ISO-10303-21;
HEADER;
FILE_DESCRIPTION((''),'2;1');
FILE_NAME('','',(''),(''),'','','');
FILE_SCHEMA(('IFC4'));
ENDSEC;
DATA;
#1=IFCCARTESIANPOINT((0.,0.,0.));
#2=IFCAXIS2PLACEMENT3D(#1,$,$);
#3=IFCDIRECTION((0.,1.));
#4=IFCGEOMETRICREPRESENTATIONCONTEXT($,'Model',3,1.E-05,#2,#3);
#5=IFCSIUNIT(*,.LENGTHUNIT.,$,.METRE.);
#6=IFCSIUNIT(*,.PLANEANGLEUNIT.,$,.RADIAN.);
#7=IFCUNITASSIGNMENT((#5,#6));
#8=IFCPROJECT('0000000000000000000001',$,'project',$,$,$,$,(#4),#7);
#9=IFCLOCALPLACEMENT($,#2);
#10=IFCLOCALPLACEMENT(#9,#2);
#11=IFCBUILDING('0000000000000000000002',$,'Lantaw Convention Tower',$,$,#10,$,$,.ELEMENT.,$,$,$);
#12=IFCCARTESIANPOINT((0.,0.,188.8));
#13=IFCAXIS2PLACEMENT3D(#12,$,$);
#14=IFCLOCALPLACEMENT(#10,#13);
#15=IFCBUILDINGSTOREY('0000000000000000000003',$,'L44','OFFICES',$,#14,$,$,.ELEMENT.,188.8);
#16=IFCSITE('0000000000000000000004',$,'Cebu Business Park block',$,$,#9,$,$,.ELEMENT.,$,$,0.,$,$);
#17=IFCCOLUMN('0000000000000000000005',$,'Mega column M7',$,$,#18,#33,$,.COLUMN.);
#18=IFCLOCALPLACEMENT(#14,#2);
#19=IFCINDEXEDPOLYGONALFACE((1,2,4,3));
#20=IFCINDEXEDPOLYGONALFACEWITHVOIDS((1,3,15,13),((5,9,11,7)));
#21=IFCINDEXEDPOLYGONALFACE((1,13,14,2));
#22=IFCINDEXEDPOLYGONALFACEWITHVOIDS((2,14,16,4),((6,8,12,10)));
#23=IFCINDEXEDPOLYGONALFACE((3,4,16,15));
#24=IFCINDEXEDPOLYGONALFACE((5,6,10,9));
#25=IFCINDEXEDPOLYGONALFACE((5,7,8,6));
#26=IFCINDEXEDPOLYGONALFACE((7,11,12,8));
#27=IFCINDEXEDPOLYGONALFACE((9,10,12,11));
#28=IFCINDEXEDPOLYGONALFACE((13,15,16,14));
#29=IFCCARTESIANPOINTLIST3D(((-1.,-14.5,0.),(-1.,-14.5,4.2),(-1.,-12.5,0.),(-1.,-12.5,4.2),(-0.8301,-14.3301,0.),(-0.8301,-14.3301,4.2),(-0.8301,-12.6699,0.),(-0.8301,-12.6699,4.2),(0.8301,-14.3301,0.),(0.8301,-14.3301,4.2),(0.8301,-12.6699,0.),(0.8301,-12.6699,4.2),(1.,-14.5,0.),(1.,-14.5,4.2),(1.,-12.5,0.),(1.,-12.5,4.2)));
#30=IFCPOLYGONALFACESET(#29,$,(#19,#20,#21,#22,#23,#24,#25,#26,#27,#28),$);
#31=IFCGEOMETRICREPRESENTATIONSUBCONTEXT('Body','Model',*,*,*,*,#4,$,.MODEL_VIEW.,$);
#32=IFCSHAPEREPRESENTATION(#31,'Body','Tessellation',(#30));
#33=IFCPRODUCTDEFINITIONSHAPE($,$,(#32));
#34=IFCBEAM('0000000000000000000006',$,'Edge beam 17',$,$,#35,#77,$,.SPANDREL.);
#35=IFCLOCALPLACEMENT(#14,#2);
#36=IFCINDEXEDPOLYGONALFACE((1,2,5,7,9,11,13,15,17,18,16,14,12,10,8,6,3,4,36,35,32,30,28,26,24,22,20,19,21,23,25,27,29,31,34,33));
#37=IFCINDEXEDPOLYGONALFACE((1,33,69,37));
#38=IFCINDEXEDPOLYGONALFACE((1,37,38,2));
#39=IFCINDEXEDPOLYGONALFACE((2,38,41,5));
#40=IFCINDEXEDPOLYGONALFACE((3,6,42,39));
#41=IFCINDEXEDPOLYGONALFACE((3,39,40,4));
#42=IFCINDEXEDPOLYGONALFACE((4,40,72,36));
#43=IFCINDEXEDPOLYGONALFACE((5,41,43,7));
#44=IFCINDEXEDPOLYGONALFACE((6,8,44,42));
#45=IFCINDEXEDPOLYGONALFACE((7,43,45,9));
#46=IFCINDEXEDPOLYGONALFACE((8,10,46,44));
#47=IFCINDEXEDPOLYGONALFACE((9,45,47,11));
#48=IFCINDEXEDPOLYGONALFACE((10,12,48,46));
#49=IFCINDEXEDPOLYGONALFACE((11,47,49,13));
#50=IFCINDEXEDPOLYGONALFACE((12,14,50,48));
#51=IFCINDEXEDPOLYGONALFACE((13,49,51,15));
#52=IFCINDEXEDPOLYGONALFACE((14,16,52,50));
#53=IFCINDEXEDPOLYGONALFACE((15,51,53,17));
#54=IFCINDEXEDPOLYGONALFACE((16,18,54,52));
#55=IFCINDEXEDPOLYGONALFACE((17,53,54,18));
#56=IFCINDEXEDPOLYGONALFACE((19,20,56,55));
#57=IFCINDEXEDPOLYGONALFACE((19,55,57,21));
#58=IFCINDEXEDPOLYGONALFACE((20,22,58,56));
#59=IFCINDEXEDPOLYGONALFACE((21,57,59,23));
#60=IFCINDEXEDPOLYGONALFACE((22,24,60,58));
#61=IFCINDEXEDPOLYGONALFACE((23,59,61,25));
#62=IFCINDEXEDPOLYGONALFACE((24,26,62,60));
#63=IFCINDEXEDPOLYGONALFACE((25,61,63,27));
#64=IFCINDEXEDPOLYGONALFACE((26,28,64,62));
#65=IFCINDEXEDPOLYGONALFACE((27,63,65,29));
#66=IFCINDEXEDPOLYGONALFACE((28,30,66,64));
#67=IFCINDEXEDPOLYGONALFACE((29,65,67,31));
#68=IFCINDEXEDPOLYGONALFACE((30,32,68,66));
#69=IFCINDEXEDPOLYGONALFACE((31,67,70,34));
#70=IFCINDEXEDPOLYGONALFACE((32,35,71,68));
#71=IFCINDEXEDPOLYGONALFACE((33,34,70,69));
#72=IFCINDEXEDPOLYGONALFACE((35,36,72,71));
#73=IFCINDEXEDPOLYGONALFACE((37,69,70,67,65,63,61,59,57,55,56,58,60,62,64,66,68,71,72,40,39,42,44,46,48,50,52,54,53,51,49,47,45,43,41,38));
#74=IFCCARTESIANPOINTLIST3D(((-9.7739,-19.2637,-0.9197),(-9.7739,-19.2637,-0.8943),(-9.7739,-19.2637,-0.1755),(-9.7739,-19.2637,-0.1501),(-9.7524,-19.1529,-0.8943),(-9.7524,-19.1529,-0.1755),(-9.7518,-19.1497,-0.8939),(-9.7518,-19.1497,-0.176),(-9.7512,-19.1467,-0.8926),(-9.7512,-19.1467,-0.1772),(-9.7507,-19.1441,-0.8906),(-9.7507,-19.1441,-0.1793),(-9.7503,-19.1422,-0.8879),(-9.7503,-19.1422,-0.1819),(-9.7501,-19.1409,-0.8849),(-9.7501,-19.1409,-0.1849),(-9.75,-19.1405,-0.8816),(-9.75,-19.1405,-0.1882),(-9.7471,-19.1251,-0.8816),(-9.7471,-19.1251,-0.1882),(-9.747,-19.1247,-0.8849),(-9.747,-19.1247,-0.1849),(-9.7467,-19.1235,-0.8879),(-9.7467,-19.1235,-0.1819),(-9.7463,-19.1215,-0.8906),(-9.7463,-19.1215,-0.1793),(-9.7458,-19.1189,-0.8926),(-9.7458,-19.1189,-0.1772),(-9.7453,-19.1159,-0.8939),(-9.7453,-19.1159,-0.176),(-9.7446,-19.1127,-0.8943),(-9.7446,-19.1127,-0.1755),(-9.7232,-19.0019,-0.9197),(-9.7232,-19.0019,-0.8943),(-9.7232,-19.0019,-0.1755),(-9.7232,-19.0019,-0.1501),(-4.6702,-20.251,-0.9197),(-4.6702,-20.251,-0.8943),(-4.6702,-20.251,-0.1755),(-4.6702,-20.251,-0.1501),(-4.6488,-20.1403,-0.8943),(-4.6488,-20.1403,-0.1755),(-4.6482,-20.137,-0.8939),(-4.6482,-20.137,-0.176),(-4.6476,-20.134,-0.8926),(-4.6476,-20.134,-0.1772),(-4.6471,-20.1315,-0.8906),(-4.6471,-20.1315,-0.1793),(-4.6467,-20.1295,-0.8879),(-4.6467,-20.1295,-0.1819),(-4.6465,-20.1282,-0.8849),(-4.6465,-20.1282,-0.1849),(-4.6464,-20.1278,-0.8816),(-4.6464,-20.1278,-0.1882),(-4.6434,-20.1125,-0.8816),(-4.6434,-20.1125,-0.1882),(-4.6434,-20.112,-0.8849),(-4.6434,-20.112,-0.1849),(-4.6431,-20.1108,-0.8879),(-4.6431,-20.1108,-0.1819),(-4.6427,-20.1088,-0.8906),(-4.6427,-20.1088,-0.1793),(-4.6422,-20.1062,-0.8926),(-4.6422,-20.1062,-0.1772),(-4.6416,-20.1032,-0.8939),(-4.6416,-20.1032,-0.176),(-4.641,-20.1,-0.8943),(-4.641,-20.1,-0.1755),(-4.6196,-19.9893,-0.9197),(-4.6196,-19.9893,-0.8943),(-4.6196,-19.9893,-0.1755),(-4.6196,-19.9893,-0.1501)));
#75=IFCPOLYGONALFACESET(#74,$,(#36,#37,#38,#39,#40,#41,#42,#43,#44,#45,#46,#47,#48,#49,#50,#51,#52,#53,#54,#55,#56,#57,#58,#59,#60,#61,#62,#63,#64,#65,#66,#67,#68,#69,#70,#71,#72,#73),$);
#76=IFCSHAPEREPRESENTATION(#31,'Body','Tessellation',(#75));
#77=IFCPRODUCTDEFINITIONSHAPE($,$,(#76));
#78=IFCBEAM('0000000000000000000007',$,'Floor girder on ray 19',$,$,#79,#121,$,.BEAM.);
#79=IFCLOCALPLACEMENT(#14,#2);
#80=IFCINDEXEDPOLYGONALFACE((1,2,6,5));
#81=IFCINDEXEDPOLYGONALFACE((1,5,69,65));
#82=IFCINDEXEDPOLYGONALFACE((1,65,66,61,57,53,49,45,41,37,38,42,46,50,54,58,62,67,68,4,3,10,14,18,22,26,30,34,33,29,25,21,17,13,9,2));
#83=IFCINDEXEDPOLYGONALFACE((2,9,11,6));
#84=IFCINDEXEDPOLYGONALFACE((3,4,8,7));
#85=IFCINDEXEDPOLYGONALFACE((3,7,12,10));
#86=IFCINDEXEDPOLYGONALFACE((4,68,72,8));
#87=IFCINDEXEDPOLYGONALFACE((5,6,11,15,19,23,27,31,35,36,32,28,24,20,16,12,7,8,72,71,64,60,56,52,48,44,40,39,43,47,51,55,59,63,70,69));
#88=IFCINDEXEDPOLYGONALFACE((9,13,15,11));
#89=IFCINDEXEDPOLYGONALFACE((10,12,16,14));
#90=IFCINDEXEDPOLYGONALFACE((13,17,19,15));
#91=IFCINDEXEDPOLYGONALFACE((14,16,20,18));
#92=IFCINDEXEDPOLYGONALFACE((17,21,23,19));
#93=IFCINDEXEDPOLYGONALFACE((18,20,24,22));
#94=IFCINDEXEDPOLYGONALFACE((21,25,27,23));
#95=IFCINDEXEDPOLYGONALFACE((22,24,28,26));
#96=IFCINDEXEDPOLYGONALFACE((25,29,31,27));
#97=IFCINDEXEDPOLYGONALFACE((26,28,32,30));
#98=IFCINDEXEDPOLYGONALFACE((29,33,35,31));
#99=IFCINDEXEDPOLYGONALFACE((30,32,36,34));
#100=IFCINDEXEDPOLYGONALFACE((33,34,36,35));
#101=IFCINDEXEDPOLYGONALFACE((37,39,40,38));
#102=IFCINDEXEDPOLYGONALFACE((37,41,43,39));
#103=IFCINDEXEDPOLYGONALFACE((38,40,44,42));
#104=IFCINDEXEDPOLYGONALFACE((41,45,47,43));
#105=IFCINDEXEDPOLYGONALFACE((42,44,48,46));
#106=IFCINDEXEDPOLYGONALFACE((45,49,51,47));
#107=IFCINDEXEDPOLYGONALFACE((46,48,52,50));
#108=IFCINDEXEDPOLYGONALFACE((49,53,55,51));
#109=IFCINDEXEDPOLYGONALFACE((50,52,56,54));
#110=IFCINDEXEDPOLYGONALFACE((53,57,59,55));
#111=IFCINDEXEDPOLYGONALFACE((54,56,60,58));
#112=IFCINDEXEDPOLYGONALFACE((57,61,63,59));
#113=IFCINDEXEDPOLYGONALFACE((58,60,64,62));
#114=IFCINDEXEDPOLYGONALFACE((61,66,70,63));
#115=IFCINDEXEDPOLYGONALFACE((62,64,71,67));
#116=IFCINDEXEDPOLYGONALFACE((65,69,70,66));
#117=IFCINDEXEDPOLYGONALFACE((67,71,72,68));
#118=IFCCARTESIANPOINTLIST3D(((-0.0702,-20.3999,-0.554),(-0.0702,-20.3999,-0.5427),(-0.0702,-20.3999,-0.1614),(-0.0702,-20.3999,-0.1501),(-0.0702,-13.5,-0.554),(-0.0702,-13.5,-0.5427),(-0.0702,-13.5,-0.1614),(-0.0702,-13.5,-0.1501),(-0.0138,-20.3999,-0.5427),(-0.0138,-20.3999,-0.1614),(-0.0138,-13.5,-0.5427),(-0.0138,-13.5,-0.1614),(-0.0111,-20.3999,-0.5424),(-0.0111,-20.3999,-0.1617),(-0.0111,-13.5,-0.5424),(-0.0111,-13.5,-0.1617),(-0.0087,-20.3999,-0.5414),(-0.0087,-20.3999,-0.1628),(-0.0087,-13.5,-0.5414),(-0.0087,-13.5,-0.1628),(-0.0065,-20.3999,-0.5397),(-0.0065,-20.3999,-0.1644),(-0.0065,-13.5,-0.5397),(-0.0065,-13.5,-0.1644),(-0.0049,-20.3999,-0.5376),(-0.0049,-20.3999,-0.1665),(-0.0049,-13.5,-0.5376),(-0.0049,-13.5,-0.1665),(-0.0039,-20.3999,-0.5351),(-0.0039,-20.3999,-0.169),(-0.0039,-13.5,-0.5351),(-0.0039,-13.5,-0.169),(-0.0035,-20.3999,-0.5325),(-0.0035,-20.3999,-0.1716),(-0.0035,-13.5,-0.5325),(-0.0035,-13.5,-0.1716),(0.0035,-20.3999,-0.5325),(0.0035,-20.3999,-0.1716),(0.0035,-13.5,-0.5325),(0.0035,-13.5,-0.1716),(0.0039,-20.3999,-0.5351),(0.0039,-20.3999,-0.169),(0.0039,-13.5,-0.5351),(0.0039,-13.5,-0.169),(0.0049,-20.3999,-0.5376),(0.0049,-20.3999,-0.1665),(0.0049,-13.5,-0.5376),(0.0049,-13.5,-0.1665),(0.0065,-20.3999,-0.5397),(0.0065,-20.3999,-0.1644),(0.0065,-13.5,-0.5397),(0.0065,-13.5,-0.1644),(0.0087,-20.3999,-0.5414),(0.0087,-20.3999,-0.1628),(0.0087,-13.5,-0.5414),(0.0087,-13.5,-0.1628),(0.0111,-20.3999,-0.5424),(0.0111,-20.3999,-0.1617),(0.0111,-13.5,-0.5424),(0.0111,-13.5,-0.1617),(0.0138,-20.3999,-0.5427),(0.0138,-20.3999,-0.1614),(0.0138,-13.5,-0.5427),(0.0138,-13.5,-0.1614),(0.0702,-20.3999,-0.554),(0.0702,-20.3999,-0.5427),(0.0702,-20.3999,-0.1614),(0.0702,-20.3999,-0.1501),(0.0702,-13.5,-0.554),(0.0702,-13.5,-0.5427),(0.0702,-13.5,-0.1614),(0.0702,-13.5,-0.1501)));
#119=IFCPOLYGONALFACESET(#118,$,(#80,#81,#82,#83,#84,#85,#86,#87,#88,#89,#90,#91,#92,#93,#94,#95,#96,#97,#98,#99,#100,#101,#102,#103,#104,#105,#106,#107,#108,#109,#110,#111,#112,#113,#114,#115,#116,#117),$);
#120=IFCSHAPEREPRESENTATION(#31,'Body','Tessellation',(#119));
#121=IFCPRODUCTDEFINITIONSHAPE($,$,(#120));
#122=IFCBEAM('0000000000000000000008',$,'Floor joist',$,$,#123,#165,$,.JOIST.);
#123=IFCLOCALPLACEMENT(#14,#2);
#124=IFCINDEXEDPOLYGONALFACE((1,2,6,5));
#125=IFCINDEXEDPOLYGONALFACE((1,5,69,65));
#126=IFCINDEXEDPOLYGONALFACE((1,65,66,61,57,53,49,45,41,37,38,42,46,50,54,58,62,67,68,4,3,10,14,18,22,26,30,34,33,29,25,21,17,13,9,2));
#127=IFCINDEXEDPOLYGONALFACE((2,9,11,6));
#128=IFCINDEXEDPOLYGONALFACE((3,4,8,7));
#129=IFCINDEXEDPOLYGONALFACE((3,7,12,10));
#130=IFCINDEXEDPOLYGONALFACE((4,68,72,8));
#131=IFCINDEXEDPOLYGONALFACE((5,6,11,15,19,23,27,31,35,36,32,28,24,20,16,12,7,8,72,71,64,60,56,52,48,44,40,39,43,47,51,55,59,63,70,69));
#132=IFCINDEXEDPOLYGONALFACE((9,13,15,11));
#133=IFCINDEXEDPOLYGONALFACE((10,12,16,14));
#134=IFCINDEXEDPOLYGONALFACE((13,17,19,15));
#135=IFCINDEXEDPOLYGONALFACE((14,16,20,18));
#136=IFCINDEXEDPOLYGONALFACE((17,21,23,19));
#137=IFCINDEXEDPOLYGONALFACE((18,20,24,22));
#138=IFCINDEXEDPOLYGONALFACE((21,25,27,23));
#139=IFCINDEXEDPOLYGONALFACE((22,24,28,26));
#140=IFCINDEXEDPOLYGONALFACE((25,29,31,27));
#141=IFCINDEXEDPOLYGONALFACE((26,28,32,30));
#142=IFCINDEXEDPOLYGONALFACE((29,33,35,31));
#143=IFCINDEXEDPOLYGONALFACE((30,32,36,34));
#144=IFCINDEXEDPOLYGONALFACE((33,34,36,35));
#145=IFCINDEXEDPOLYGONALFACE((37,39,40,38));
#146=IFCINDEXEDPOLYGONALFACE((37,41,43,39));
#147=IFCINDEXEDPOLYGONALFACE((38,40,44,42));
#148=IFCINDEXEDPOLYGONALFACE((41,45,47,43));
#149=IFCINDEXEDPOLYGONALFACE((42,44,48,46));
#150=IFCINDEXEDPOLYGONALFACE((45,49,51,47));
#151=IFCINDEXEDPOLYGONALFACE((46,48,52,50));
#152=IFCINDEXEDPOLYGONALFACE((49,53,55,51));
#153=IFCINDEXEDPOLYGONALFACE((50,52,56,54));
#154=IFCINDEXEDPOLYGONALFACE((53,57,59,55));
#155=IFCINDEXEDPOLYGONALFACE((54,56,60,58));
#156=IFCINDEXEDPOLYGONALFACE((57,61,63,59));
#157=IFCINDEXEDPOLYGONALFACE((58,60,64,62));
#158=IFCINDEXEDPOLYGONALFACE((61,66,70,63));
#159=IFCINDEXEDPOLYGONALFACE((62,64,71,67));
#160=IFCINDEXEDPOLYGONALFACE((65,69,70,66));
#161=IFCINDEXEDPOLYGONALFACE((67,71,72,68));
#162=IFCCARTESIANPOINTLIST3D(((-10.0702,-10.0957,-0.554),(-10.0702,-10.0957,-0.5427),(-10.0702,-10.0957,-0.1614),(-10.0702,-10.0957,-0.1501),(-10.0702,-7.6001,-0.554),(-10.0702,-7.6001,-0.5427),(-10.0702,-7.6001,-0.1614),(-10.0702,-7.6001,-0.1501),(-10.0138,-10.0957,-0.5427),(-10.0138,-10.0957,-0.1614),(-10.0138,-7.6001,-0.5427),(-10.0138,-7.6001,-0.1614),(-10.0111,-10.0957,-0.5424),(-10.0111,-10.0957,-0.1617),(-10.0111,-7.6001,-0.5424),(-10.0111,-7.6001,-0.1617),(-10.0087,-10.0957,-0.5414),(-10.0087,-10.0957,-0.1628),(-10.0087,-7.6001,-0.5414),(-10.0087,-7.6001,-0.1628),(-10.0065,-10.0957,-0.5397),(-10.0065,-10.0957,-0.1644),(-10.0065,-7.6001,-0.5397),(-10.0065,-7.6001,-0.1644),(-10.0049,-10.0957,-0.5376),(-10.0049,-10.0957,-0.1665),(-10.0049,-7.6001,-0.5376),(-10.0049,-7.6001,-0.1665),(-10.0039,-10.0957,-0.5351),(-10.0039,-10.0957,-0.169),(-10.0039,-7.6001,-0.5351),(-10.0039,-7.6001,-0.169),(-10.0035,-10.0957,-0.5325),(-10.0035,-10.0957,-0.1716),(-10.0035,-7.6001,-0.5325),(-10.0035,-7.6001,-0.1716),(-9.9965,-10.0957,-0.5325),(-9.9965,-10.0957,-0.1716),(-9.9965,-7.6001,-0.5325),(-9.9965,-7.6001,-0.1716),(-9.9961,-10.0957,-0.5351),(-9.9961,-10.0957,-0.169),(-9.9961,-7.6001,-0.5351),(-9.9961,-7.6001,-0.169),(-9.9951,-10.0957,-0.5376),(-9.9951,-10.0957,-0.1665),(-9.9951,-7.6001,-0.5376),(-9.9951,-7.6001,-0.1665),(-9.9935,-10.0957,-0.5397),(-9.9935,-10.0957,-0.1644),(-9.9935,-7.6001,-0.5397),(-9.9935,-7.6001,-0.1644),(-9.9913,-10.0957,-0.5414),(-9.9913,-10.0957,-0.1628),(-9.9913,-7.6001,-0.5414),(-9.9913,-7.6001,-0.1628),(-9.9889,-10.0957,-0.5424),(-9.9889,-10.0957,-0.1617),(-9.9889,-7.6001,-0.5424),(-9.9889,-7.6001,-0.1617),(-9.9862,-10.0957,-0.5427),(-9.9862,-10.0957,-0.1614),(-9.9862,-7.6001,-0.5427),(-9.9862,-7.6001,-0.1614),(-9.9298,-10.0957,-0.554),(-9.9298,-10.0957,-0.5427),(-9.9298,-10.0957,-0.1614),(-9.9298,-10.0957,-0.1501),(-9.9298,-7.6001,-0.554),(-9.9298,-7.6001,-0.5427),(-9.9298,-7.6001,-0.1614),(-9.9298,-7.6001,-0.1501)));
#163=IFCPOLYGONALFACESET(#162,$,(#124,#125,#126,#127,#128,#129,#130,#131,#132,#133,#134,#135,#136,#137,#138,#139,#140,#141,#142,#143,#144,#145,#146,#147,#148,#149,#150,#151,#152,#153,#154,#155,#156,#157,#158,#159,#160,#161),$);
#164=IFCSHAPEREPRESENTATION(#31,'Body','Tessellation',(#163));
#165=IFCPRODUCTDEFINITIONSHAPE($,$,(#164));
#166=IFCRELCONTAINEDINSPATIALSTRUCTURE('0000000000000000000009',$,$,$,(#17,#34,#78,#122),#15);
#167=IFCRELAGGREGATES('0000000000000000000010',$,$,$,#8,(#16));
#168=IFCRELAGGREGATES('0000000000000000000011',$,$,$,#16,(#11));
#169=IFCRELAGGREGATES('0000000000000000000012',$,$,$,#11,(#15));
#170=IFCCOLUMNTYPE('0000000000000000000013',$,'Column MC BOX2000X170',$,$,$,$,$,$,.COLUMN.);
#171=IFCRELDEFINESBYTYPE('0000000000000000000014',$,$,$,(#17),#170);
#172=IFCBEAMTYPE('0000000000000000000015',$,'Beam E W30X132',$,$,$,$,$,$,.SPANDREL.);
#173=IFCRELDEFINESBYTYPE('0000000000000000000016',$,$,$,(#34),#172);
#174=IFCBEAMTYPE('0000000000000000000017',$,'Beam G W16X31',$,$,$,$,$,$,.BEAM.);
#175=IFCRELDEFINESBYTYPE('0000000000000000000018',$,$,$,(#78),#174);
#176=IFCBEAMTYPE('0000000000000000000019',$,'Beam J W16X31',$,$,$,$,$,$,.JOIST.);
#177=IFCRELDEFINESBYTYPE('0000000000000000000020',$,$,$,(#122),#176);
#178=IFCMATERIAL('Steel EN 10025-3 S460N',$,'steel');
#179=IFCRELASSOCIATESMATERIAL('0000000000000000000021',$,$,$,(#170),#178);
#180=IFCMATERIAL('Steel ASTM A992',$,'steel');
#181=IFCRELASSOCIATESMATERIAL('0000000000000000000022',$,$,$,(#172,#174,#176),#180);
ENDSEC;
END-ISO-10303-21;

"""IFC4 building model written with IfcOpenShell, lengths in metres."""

from ifc_helpers import new_model, si_unit, direction, frame, origin, origin_2d, place, context, subcontext, project, spatial, rectangle, hollow_rectangle, i_section, extrude, material, material_profile, profile_set, type_object, element, save


model = new_model("IFC4")

# Units and contexts
model_context = context("Model", 3, precision=1e-05, world=origin(), true_north=direction((0.0, 1.0)))
body_context = subcontext(model_context, "Body", "Model", "MODEL_VIEW")
ifc_project = project(units=[si_unit("LENGTHUNIT", "METRE"), si_unit("PLANEANGLEUNIT", "RADIAN")], contexts=[model_context])

# Site, building, storey
site_placement = place(None, origin())
site = spatial("IfcSite", under=ifc_project, at=site_placement, Name="Cebu Business Park block", CompositionType="ELEMENT", RefElevation=0.0)
building_placement = place(site_placement, origin())
building = spatial("IfcBuilding", under=site, at=building_placement, Name="Lantaw Convention Tower", CompositionType="ELEMENT")
storey_placement = place(building_placement, frame((0.0, 0.0, 188.8)))
storey = spatial("IfcBuildingStorey", under=building, at=storey_placement, Name="L44", Description="OFFICES", CompositionType="ELEMENT", Elevation=188.8)

# Column
ifc_material_1 = material(Name="Steel EN 10025-3 S460N", Category="steel")
ifc_material_profile_1 = material_profile(ifc_material_1, hollow_rectangle(XDim=2.0, YDim=2.0, WallThickness=0.1699, at=origin_2d()), Name="BOX2000X170")
ifc_material_2 = material(Name="Concrete C60/75", Category="concrete")
ifc_material_profile_2 = material_profile(ifc_material_2, rectangle(XDim=1.6599, YDim=1.6599, at=origin_2d()), Name="Concrete fill of BOX2000X170")
ifc_profile_set_1 = profile_set([ifc_material_profile_1, ifc_material_profile_2], Name="Steel EN 10025-3 S460N")
column_type = type_object("IfcColumnType", Name="Column MC BOX2000X170", PredefinedType="COLUMN", material=ifc_profile_set_1)
column_placement = place(storey_placement, frame((0.0, -13.5, 0.0), z_axis=(0.0, 0.0, 1.0), x_axis=(1.0, 0.0, 0.0)))
element("IfcColumn", 1, at=column_placement, inside=storey, type_object=column_type, Name="Mega column M7", PredefinedType="COLUMN", context=body_context, shape_type="SweptSolid", body=[
    extrude(hollow_rectangle(XDim=2.0, YDim=2.0, WallThickness=0.1699, at=origin_2d()), origin(), (0.0, 0.0, 1.0), 4.2),
])

# Beams
ifc_material_3 = material(Name="Steel ASTM A992", Category="steel")
ifc_material_profile_3 = material_profile(ifc_material_3, i_section(OverallWidth=0.2666, OverallDepth=0.7695, WebThickness=0.0156, FlangeThickness=0.0254, FilletRadius=0.0127, at=origin_2d()), Name="W30X132")
ifc_profile_set_2 = profile_set([ifc_material_profile_3], Name="Steel ASTM A992")
beam_type_1 = type_object("IfcBeamType", Name="Beam E W30X132", PredefinedType="SPANDREL", material=ifc_profile_set_2)
beam_1_placement = place(storey_placement, frame((-9.7485, -19.1328, -0.5349), z_axis=(0.981797, -0.189934, 0.0), x_axis=(0.189934, 0.981797, 0.0)))
element("IfcBeam", 2, at=beam_1_placement, inside=storey, type_object=beam_type_1, Name="Edge beam 17", PredefinedType="SPANDREL", context=body_context, shape_type="SweptSolid", body=[
    extrude(i_section(OverallWidth=0.2666, OverallDepth=0.7695, WebThickness=0.0156, FlangeThickness=0.0254, FilletRadius=0.0127, at=origin_2d()), origin(), (0.0, 0.0, 1.0), 5.1982),
])
ifc_material_profile_4 = material_profile(ifc_material_3, i_section(OverallWidth=0.1404, OverallDepth=0.4038, WebThickness=0.0071, FlangeThickness=0.0112, FilletRadius=0.0103, at=origin_2d()), Name="W16X31")
ifc_profile_set_3 = profile_set([ifc_material_profile_4], Name="Steel ASTM A992")
beam_type_2 = type_object("IfcBeamType", Name="Beam G W16X31", PredefinedType="BEAM", material=ifc_profile_set_3)
beam_2_placement = place(storey_placement, frame((0.0, -13.5, -0.3521), z_axis=(0.0, -1.0, 0.0), x_axis=(1.0, 0.0, 0.0)))
element("IfcBeam", 3, at=beam_2_placement, inside=storey, type_object=beam_type_2, Name="Floor girder on ray 19", PredefinedType="BEAM", context=body_context, shape_type="SweptSolid", body=[
    extrude(i_section(OverallWidth=0.1404, OverallDepth=0.4038, WebThickness=0.0071, FlangeThickness=0.0112, FilletRadius=0.0103, at=origin_2d()), origin(), (0.0, 0.0, 1.0), 6.8999),
])
ifc_material_profile_5 = material_profile(ifc_material_3, i_section(OverallWidth=0.1404, OverallDepth=0.4038, WebThickness=0.0071, FlangeThickness=0.0112, FilletRadius=0.0103, at=origin_2d()), Name="W16X31")
ifc_profile_set_4 = profile_set([ifc_material_profile_5], Name="Steel ASTM A992")
beam_type_3 = type_object("IfcBeamType", Name="Beam J W16X31", PredefinedType="JOIST", material=ifc_profile_set_4)
beam_3_placement = place(storey_placement, frame((-10.0, -10.0957, -0.3521), z_axis=(0.0, 1.0, 0.0), x_axis=(-1.0, 0.0, 0.0)))
element("IfcBeam", 4, at=beam_3_placement, inside=storey, type_object=beam_type_3, Name="Floor joist", PredefinedType="JOIST", context=body_context, shape_type="SweptSolid", body=[
    extrude(i_section(OverallWidth=0.1404, OverallDepth=0.4038, WebThickness=0.0071, FlangeThickness=0.0112, FilletRadius=0.0103, at=origin_2d()), origin(), (0.0, 0.0, 1.0), 2.4956),
])

save(model, "model.ifc")
